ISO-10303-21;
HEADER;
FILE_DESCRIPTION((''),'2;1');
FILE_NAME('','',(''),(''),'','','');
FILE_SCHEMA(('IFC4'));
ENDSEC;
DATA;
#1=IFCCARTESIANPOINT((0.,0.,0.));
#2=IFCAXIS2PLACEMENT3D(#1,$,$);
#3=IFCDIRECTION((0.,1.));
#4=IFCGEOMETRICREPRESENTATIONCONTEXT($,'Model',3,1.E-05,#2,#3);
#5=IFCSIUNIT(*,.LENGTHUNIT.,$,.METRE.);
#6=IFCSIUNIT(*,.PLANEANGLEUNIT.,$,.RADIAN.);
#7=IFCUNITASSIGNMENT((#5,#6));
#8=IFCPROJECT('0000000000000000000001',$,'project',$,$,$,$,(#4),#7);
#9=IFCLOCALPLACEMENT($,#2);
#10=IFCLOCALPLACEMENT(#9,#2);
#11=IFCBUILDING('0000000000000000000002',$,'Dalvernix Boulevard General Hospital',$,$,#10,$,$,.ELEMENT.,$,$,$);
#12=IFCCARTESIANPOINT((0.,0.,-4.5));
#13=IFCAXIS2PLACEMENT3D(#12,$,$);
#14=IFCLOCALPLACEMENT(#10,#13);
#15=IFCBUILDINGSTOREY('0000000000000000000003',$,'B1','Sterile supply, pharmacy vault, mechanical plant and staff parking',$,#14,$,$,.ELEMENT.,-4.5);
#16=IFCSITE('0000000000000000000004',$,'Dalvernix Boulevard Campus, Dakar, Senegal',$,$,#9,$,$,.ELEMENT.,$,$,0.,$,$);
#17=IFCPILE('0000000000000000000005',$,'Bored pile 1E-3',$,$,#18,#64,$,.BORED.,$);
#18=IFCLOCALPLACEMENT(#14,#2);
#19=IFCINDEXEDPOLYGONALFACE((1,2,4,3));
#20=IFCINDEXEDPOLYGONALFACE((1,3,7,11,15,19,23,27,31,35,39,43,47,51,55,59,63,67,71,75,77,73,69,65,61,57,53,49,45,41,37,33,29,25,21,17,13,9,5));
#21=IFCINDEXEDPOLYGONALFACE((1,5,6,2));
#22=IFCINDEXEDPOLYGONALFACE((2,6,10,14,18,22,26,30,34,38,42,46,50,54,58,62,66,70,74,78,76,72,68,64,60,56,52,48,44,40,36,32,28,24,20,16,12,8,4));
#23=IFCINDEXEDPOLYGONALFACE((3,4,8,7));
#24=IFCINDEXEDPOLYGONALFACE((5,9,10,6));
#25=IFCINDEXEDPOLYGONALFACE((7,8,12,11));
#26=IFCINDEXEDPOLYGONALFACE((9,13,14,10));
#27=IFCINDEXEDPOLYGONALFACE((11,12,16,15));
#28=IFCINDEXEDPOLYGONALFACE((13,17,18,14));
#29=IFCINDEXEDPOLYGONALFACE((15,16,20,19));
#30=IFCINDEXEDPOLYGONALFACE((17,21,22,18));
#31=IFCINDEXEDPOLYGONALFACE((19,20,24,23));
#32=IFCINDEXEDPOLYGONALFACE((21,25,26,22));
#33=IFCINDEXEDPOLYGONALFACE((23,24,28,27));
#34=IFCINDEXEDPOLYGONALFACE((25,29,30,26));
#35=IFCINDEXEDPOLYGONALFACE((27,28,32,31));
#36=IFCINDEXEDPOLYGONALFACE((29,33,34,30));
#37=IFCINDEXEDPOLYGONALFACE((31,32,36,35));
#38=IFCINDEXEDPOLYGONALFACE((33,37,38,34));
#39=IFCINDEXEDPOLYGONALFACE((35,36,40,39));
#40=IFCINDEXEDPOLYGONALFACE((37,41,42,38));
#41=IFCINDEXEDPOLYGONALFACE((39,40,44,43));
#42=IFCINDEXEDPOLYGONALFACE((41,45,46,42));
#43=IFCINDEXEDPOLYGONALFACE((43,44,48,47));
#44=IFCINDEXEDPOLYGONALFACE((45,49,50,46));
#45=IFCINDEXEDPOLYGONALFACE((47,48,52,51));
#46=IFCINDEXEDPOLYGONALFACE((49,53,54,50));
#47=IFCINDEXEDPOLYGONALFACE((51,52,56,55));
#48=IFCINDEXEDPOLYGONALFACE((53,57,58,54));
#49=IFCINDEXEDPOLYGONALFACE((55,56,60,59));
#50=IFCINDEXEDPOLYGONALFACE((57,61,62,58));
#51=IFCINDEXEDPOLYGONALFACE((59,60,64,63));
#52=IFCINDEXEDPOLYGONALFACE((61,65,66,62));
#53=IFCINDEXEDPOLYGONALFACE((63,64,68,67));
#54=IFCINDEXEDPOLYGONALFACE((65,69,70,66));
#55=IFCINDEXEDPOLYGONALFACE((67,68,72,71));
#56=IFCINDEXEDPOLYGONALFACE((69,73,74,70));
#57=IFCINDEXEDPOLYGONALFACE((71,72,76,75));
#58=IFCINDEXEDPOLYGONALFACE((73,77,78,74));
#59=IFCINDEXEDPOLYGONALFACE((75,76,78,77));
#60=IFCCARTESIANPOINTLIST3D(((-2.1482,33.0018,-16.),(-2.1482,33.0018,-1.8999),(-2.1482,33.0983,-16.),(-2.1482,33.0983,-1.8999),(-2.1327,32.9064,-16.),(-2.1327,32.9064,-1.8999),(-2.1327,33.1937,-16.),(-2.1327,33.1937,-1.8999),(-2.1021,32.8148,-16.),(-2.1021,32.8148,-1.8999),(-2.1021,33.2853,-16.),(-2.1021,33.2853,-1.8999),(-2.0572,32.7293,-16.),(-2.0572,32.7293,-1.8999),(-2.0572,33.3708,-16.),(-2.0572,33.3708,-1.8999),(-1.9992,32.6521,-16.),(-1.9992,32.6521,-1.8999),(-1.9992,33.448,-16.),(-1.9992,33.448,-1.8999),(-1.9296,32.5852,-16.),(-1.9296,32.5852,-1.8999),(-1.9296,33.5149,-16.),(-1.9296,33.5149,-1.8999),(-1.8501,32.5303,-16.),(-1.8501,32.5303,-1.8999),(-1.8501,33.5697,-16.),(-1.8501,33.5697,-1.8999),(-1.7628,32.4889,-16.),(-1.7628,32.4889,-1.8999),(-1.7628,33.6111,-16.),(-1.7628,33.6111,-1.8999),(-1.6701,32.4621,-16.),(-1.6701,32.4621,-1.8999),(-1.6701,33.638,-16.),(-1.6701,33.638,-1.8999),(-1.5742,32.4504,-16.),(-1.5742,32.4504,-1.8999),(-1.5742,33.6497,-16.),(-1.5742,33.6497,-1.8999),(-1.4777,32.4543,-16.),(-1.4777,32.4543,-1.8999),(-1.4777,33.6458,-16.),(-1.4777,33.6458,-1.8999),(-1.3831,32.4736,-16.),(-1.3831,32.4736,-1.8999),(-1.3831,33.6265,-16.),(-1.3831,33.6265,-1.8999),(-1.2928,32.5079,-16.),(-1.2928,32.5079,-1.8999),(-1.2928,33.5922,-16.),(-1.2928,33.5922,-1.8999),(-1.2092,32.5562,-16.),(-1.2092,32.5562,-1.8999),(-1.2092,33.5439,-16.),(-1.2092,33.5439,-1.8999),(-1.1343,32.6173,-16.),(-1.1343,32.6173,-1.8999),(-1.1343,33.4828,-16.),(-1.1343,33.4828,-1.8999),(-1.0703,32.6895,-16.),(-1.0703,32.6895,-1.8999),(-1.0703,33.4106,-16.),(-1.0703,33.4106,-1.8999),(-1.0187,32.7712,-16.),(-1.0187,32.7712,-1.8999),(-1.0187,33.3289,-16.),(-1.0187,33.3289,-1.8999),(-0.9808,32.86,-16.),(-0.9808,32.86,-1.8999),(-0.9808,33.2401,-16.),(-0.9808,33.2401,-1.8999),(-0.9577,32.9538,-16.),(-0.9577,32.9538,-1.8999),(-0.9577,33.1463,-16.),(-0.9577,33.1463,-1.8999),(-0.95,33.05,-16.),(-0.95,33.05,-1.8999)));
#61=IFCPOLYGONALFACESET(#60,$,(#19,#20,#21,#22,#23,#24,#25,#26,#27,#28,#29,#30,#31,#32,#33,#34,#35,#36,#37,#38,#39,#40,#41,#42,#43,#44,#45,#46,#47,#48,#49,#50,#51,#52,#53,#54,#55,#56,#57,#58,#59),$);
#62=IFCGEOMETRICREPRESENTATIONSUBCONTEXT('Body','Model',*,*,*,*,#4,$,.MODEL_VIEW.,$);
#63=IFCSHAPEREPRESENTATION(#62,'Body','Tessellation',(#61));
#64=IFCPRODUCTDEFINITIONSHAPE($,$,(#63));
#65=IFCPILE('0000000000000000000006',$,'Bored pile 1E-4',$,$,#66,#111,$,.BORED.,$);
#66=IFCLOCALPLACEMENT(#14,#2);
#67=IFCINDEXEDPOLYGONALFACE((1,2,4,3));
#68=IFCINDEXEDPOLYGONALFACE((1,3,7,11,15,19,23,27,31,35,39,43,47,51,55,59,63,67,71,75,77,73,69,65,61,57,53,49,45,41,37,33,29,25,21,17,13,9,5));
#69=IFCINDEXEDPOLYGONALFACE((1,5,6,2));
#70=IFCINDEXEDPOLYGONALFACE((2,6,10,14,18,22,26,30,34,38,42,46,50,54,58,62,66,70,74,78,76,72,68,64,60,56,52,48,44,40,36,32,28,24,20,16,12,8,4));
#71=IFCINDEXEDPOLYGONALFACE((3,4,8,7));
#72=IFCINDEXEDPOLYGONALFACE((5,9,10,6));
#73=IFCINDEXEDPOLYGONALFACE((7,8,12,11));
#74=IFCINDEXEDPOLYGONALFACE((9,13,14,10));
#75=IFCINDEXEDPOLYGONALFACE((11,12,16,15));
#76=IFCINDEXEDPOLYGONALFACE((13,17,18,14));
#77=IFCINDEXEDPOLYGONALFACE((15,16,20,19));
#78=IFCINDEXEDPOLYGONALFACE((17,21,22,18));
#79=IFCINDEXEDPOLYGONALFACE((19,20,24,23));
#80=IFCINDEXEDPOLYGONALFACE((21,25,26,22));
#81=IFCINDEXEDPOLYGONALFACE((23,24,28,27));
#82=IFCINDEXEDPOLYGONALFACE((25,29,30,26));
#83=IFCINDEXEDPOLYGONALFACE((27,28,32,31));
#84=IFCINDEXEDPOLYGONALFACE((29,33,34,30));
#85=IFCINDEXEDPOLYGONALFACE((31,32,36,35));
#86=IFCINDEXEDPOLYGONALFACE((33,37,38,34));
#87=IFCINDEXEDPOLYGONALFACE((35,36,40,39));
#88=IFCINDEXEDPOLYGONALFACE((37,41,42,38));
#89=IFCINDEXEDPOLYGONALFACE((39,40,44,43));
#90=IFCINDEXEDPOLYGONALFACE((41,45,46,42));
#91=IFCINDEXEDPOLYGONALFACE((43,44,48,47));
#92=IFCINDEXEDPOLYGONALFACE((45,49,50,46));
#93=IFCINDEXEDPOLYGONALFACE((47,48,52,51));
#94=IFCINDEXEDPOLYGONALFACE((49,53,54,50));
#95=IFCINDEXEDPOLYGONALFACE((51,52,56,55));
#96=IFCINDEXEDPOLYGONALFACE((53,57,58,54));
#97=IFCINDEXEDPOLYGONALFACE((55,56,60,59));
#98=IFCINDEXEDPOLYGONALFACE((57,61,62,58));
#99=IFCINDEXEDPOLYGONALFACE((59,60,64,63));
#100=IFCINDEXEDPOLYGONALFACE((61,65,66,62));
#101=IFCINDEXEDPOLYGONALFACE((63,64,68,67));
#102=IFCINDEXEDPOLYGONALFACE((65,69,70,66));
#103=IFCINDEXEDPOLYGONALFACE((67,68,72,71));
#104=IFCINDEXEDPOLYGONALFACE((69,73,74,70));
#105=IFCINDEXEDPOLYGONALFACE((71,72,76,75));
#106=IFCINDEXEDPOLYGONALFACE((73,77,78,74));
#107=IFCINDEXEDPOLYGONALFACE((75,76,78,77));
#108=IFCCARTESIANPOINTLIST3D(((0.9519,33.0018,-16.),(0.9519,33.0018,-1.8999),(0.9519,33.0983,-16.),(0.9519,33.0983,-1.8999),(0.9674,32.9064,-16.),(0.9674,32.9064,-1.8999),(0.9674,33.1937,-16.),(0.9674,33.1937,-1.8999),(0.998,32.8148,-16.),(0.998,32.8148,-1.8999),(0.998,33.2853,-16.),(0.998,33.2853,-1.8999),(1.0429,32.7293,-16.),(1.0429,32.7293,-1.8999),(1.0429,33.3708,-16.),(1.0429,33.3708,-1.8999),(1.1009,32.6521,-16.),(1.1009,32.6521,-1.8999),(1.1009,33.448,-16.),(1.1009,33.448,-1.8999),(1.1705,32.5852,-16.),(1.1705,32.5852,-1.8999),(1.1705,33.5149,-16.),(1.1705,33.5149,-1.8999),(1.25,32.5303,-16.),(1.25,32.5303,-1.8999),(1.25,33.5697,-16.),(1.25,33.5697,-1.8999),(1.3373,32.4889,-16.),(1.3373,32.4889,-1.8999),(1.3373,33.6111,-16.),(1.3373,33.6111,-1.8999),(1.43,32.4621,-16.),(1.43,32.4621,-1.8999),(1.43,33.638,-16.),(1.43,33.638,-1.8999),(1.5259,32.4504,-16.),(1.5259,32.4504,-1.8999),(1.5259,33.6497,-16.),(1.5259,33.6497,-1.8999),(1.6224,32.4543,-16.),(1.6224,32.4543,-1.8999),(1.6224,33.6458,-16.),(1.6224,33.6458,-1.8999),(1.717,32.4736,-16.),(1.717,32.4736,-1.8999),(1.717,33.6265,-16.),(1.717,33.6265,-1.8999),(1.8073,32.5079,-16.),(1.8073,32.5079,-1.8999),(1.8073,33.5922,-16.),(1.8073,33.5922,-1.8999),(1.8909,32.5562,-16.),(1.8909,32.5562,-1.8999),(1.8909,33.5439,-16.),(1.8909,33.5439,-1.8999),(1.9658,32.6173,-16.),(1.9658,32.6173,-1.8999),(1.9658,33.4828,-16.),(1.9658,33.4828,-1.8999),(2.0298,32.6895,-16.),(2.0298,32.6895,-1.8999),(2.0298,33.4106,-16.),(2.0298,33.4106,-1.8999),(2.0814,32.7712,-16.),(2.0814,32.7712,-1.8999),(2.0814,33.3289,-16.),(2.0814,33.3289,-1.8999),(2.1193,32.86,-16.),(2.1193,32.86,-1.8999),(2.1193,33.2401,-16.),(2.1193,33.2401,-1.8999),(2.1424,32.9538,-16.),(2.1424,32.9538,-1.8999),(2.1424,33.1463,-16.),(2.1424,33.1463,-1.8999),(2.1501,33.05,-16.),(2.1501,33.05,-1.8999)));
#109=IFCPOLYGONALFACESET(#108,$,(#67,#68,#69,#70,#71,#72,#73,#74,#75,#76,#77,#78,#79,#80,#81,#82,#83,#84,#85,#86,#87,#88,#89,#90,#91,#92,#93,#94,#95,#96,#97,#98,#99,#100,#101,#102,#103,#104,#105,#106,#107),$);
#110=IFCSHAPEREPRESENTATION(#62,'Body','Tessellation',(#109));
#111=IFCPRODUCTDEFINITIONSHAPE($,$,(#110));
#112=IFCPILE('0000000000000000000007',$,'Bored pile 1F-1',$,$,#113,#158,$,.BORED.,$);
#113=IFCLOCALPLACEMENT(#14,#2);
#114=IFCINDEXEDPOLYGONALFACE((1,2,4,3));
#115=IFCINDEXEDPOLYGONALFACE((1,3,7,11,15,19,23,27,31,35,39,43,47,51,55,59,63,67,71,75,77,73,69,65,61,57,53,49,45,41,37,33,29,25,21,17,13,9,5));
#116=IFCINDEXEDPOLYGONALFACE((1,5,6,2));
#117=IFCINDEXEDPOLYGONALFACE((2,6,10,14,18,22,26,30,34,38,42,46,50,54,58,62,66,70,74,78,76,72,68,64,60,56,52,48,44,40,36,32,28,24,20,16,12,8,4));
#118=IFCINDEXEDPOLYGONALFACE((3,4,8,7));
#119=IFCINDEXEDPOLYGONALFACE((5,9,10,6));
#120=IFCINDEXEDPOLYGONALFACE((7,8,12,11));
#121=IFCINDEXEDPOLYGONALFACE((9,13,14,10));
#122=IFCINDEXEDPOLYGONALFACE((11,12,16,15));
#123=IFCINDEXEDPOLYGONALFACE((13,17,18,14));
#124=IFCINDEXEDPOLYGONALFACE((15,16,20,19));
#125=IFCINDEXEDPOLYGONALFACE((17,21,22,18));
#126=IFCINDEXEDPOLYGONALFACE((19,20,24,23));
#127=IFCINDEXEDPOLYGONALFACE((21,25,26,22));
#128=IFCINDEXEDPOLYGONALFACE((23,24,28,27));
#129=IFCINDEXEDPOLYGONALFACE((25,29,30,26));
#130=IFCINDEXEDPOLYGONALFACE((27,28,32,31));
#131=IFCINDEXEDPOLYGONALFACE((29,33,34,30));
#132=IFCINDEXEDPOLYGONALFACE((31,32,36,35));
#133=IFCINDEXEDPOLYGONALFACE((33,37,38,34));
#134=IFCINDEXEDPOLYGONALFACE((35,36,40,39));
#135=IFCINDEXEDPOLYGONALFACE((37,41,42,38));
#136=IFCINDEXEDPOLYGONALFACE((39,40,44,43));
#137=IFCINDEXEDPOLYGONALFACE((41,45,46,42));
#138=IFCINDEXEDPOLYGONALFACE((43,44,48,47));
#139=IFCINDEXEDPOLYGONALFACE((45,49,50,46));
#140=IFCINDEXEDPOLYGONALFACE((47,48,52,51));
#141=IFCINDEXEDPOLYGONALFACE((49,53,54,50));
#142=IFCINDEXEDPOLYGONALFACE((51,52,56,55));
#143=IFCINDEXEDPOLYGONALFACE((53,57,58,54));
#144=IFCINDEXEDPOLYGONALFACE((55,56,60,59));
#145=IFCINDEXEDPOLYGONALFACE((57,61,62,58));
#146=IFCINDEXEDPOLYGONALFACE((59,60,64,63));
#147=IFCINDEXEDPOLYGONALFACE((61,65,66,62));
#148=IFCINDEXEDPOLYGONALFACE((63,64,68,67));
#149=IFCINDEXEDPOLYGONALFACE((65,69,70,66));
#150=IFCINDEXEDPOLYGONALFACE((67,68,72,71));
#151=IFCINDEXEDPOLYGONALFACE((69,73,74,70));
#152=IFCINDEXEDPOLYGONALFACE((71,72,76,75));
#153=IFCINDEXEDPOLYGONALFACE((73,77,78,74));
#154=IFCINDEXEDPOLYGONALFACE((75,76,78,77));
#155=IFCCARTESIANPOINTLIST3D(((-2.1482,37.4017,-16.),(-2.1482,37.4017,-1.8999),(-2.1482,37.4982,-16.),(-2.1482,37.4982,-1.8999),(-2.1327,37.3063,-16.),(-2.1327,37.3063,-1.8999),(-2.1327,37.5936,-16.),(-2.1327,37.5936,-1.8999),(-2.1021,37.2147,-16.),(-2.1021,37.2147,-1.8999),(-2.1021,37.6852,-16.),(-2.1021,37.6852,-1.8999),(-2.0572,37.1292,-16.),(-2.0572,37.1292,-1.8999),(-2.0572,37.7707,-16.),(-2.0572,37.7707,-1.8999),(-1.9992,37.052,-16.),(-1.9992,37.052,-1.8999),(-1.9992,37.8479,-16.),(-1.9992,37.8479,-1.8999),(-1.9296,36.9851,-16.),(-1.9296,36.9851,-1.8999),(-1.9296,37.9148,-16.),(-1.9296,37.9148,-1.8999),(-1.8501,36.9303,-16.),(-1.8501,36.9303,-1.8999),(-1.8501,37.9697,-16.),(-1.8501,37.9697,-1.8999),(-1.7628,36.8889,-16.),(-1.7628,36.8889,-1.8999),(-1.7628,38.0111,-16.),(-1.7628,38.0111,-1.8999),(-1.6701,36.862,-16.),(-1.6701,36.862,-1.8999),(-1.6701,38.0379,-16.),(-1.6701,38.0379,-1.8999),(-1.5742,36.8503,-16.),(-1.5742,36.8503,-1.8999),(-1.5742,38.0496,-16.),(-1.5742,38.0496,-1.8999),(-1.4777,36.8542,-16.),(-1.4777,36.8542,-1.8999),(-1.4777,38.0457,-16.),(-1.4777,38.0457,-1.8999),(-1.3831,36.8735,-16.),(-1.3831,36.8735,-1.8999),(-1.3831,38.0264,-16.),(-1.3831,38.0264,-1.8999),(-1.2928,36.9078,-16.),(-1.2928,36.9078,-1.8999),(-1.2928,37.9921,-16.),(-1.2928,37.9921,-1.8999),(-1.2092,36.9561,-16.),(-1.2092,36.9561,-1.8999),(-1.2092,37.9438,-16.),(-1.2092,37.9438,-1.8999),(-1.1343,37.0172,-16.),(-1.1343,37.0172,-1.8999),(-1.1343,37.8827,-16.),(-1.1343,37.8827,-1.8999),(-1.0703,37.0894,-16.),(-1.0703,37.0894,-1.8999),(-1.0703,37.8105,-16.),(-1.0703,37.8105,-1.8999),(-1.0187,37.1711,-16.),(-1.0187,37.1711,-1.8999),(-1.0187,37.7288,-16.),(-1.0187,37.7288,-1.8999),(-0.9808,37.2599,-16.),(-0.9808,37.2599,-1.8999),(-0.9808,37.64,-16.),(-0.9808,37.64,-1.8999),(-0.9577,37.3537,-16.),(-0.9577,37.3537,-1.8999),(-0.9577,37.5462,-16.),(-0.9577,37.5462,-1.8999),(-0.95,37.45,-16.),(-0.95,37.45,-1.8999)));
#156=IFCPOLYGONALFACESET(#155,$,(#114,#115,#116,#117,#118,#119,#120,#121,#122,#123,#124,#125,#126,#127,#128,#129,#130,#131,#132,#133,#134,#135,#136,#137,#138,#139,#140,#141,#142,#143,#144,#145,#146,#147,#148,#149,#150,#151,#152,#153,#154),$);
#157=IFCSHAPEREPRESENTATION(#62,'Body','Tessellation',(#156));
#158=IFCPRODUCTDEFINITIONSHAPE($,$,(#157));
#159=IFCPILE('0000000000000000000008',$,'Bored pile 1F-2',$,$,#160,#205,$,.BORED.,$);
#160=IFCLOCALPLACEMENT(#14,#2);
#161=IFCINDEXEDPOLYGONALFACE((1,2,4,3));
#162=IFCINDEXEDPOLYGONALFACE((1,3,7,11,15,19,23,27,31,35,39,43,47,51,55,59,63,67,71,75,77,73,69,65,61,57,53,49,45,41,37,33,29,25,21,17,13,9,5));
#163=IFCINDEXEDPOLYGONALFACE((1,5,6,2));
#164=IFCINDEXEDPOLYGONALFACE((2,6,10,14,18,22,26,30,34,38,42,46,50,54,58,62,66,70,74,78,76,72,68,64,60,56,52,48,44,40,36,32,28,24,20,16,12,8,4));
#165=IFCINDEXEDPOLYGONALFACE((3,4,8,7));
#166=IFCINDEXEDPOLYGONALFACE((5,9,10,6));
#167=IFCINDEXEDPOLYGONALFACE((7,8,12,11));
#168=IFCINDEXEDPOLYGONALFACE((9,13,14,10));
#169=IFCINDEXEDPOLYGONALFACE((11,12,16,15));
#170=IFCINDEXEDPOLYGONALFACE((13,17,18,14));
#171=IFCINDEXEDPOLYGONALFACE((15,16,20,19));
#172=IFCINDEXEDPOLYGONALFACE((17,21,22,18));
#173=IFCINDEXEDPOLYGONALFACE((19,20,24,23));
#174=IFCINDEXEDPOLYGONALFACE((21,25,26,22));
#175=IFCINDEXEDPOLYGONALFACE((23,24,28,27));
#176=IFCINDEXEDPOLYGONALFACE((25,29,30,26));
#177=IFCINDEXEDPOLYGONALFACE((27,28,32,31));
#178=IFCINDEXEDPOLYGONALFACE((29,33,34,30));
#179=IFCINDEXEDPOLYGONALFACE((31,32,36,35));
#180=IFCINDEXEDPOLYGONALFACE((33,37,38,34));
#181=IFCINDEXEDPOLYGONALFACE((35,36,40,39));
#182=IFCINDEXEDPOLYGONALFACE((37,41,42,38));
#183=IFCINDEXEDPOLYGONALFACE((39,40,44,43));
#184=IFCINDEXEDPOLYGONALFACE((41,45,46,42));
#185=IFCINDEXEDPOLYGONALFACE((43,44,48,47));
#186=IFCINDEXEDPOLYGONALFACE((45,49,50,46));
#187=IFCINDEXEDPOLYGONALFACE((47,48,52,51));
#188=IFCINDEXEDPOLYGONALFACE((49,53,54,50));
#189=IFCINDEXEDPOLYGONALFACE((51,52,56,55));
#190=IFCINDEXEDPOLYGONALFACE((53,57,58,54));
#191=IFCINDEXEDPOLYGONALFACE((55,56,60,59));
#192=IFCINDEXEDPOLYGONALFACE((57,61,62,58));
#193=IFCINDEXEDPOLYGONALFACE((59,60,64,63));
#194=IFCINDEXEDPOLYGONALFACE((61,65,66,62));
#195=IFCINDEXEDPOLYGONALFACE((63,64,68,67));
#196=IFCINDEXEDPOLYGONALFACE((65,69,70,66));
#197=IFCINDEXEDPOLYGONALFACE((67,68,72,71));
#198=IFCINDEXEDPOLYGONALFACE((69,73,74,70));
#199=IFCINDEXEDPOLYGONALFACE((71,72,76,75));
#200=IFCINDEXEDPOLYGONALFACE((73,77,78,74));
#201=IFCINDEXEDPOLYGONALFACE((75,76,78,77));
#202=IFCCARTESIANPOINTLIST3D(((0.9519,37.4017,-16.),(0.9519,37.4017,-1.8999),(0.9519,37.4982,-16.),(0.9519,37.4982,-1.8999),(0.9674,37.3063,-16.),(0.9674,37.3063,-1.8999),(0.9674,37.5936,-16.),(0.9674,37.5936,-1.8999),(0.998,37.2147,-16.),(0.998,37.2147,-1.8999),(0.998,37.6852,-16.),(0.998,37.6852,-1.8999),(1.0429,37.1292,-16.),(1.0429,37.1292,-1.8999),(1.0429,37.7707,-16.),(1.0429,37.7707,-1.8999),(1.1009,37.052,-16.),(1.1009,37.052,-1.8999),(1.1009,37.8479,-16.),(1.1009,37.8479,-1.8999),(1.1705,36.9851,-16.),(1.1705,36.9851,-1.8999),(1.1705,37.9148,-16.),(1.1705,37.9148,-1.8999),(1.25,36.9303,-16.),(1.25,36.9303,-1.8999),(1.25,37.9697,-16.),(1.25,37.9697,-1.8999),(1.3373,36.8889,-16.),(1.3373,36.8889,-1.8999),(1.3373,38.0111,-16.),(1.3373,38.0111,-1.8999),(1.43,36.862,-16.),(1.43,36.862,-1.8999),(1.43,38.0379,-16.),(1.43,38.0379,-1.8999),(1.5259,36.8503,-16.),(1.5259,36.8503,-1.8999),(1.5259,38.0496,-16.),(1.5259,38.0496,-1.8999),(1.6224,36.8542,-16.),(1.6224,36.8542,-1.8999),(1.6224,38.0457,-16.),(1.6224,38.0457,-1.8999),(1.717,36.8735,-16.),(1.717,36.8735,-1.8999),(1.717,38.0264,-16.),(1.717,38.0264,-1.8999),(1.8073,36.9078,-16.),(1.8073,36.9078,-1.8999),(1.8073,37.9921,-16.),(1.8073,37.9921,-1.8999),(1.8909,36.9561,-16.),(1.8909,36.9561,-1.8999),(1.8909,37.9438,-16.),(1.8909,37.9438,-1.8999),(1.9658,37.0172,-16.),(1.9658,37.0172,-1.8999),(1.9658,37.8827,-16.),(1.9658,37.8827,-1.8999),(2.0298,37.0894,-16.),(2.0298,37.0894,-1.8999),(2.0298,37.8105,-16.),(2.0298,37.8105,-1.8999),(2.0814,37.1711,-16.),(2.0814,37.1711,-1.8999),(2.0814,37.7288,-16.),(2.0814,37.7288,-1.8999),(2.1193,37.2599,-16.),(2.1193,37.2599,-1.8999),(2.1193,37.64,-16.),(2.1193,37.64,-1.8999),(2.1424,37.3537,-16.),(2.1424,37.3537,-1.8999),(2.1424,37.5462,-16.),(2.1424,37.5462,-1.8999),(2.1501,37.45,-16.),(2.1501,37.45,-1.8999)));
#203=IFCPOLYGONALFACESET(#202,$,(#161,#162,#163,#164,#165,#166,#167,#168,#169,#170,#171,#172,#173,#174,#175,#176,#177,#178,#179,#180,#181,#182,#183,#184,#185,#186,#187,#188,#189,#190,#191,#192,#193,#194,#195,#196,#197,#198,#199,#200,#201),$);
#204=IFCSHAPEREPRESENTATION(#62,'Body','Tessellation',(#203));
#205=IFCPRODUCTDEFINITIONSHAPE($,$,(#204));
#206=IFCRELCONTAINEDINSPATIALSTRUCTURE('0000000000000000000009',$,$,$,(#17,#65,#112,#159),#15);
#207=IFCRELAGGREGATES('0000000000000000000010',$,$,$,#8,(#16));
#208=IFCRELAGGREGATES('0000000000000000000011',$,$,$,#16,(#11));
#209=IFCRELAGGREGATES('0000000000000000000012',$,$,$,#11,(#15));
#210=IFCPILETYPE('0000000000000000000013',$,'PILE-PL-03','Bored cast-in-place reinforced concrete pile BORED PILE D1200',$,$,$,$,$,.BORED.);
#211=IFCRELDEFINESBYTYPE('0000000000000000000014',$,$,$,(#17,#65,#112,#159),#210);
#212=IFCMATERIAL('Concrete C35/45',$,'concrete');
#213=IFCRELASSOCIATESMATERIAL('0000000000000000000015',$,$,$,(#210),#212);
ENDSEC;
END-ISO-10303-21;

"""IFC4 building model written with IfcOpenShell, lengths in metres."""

from ifc_helpers import new_model, si_unit, direction, frame, origin, origin_2d, place, context, subcontext, project, spatial, circle, extrude, material, material_profile, profile_set, type_object, element, save


model = new_model("IFC4")

# Units and contexts
model_context = context("Model", 3, precision=1e-05, world=origin(), true_north=direction((0.0, 1.0)))
body_context = subcontext(model_context, "Body", "Model", "MODEL_VIEW")
ifc_project = project(units=[si_unit("LENGTHUNIT", "METRE"), si_unit("PLANEANGLEUNIT", "RADIAN")], contexts=[model_context])

# Site, building, storey
site_placement = place(None, origin())
site = spatial("IfcSite", under=ifc_project, at=site_placement, Name="Dalvernix Boulevard Campus, Dakar, Senegal", CompositionType="ELEMENT", RefElevation=0.0)
building_placement = place(site_placement, origin())
building = spatial("IfcBuilding", under=site, at=building_placement, Name="Dalvernix Boulevard General Hospital", CompositionType="ELEMENT")
storey_placement = place(building_placement, frame((0.0, 0.0, -4.5)))
storey = spatial("IfcBuildingStorey", under=building, at=storey_placement, Name="B1", Description="Sterile supply, pharmacy vault, mechanical plant and staff parking", CompositionType="ELEMENT", Elevation=-4.5)

# Shared definitions
ifc_material_1 = material(Name="Concrete C35/45", Category="concrete")

# Piles
ifc_material_profile_1 = material_profile(ifc_material_1, circle(Radius=0.6001, at=origin_2d()), Name="BORED PILE D1200")
ifc_profile_set_1 = profile_set([ifc_material_profile_1], Name="Concrete C35/45")
pile_type = type_object("IfcPileType", Name="PILE-PL-03", Description="Bored cast-in-place reinforced concrete pile BORED PILE D1200", PredefinedType="BORED", material=ifc_profile_set_1)
for number, where, z_axis, x_axis, name in (
    (1, (-1.55, 33.05, -1.8999), (0.0, 0.0, -1.0), (1.0, 0.0, 0.0), "Bored pile 1E-3"),
    (2, (1.55, 33.05, -1.8999), (0.0, 0.0, -1.0), (1.0, 0.0, 0.0), "Bored pile 1E-4"),
    (3, (-1.55, 37.45, -1.8999), (0.0, 0.0, -1.0), (1.0, 0.0, 0.0), "Bored pile 1F-1"),
    (4, (1.55, 37.45, -1.8999), (0.0, 0.0, -1.0), (1.0, 0.0, 0.0), "Bored pile 1F-2"),
):
    element("IfcPile", number, at=place(storey_placement, frame(where, z_axis=z_axis, x_axis=x_axis)), inside=storey, type_object=pile_type, Name=name, PredefinedType="BORED", context=body_context, shape_type="SweptSolid", body=[
        extrude(circle(Radius=0.6001, at=origin_2d()), origin(), (0.0, 0.0, 1.0), 14.1001),
    ])

save(model, "model.ifc")
